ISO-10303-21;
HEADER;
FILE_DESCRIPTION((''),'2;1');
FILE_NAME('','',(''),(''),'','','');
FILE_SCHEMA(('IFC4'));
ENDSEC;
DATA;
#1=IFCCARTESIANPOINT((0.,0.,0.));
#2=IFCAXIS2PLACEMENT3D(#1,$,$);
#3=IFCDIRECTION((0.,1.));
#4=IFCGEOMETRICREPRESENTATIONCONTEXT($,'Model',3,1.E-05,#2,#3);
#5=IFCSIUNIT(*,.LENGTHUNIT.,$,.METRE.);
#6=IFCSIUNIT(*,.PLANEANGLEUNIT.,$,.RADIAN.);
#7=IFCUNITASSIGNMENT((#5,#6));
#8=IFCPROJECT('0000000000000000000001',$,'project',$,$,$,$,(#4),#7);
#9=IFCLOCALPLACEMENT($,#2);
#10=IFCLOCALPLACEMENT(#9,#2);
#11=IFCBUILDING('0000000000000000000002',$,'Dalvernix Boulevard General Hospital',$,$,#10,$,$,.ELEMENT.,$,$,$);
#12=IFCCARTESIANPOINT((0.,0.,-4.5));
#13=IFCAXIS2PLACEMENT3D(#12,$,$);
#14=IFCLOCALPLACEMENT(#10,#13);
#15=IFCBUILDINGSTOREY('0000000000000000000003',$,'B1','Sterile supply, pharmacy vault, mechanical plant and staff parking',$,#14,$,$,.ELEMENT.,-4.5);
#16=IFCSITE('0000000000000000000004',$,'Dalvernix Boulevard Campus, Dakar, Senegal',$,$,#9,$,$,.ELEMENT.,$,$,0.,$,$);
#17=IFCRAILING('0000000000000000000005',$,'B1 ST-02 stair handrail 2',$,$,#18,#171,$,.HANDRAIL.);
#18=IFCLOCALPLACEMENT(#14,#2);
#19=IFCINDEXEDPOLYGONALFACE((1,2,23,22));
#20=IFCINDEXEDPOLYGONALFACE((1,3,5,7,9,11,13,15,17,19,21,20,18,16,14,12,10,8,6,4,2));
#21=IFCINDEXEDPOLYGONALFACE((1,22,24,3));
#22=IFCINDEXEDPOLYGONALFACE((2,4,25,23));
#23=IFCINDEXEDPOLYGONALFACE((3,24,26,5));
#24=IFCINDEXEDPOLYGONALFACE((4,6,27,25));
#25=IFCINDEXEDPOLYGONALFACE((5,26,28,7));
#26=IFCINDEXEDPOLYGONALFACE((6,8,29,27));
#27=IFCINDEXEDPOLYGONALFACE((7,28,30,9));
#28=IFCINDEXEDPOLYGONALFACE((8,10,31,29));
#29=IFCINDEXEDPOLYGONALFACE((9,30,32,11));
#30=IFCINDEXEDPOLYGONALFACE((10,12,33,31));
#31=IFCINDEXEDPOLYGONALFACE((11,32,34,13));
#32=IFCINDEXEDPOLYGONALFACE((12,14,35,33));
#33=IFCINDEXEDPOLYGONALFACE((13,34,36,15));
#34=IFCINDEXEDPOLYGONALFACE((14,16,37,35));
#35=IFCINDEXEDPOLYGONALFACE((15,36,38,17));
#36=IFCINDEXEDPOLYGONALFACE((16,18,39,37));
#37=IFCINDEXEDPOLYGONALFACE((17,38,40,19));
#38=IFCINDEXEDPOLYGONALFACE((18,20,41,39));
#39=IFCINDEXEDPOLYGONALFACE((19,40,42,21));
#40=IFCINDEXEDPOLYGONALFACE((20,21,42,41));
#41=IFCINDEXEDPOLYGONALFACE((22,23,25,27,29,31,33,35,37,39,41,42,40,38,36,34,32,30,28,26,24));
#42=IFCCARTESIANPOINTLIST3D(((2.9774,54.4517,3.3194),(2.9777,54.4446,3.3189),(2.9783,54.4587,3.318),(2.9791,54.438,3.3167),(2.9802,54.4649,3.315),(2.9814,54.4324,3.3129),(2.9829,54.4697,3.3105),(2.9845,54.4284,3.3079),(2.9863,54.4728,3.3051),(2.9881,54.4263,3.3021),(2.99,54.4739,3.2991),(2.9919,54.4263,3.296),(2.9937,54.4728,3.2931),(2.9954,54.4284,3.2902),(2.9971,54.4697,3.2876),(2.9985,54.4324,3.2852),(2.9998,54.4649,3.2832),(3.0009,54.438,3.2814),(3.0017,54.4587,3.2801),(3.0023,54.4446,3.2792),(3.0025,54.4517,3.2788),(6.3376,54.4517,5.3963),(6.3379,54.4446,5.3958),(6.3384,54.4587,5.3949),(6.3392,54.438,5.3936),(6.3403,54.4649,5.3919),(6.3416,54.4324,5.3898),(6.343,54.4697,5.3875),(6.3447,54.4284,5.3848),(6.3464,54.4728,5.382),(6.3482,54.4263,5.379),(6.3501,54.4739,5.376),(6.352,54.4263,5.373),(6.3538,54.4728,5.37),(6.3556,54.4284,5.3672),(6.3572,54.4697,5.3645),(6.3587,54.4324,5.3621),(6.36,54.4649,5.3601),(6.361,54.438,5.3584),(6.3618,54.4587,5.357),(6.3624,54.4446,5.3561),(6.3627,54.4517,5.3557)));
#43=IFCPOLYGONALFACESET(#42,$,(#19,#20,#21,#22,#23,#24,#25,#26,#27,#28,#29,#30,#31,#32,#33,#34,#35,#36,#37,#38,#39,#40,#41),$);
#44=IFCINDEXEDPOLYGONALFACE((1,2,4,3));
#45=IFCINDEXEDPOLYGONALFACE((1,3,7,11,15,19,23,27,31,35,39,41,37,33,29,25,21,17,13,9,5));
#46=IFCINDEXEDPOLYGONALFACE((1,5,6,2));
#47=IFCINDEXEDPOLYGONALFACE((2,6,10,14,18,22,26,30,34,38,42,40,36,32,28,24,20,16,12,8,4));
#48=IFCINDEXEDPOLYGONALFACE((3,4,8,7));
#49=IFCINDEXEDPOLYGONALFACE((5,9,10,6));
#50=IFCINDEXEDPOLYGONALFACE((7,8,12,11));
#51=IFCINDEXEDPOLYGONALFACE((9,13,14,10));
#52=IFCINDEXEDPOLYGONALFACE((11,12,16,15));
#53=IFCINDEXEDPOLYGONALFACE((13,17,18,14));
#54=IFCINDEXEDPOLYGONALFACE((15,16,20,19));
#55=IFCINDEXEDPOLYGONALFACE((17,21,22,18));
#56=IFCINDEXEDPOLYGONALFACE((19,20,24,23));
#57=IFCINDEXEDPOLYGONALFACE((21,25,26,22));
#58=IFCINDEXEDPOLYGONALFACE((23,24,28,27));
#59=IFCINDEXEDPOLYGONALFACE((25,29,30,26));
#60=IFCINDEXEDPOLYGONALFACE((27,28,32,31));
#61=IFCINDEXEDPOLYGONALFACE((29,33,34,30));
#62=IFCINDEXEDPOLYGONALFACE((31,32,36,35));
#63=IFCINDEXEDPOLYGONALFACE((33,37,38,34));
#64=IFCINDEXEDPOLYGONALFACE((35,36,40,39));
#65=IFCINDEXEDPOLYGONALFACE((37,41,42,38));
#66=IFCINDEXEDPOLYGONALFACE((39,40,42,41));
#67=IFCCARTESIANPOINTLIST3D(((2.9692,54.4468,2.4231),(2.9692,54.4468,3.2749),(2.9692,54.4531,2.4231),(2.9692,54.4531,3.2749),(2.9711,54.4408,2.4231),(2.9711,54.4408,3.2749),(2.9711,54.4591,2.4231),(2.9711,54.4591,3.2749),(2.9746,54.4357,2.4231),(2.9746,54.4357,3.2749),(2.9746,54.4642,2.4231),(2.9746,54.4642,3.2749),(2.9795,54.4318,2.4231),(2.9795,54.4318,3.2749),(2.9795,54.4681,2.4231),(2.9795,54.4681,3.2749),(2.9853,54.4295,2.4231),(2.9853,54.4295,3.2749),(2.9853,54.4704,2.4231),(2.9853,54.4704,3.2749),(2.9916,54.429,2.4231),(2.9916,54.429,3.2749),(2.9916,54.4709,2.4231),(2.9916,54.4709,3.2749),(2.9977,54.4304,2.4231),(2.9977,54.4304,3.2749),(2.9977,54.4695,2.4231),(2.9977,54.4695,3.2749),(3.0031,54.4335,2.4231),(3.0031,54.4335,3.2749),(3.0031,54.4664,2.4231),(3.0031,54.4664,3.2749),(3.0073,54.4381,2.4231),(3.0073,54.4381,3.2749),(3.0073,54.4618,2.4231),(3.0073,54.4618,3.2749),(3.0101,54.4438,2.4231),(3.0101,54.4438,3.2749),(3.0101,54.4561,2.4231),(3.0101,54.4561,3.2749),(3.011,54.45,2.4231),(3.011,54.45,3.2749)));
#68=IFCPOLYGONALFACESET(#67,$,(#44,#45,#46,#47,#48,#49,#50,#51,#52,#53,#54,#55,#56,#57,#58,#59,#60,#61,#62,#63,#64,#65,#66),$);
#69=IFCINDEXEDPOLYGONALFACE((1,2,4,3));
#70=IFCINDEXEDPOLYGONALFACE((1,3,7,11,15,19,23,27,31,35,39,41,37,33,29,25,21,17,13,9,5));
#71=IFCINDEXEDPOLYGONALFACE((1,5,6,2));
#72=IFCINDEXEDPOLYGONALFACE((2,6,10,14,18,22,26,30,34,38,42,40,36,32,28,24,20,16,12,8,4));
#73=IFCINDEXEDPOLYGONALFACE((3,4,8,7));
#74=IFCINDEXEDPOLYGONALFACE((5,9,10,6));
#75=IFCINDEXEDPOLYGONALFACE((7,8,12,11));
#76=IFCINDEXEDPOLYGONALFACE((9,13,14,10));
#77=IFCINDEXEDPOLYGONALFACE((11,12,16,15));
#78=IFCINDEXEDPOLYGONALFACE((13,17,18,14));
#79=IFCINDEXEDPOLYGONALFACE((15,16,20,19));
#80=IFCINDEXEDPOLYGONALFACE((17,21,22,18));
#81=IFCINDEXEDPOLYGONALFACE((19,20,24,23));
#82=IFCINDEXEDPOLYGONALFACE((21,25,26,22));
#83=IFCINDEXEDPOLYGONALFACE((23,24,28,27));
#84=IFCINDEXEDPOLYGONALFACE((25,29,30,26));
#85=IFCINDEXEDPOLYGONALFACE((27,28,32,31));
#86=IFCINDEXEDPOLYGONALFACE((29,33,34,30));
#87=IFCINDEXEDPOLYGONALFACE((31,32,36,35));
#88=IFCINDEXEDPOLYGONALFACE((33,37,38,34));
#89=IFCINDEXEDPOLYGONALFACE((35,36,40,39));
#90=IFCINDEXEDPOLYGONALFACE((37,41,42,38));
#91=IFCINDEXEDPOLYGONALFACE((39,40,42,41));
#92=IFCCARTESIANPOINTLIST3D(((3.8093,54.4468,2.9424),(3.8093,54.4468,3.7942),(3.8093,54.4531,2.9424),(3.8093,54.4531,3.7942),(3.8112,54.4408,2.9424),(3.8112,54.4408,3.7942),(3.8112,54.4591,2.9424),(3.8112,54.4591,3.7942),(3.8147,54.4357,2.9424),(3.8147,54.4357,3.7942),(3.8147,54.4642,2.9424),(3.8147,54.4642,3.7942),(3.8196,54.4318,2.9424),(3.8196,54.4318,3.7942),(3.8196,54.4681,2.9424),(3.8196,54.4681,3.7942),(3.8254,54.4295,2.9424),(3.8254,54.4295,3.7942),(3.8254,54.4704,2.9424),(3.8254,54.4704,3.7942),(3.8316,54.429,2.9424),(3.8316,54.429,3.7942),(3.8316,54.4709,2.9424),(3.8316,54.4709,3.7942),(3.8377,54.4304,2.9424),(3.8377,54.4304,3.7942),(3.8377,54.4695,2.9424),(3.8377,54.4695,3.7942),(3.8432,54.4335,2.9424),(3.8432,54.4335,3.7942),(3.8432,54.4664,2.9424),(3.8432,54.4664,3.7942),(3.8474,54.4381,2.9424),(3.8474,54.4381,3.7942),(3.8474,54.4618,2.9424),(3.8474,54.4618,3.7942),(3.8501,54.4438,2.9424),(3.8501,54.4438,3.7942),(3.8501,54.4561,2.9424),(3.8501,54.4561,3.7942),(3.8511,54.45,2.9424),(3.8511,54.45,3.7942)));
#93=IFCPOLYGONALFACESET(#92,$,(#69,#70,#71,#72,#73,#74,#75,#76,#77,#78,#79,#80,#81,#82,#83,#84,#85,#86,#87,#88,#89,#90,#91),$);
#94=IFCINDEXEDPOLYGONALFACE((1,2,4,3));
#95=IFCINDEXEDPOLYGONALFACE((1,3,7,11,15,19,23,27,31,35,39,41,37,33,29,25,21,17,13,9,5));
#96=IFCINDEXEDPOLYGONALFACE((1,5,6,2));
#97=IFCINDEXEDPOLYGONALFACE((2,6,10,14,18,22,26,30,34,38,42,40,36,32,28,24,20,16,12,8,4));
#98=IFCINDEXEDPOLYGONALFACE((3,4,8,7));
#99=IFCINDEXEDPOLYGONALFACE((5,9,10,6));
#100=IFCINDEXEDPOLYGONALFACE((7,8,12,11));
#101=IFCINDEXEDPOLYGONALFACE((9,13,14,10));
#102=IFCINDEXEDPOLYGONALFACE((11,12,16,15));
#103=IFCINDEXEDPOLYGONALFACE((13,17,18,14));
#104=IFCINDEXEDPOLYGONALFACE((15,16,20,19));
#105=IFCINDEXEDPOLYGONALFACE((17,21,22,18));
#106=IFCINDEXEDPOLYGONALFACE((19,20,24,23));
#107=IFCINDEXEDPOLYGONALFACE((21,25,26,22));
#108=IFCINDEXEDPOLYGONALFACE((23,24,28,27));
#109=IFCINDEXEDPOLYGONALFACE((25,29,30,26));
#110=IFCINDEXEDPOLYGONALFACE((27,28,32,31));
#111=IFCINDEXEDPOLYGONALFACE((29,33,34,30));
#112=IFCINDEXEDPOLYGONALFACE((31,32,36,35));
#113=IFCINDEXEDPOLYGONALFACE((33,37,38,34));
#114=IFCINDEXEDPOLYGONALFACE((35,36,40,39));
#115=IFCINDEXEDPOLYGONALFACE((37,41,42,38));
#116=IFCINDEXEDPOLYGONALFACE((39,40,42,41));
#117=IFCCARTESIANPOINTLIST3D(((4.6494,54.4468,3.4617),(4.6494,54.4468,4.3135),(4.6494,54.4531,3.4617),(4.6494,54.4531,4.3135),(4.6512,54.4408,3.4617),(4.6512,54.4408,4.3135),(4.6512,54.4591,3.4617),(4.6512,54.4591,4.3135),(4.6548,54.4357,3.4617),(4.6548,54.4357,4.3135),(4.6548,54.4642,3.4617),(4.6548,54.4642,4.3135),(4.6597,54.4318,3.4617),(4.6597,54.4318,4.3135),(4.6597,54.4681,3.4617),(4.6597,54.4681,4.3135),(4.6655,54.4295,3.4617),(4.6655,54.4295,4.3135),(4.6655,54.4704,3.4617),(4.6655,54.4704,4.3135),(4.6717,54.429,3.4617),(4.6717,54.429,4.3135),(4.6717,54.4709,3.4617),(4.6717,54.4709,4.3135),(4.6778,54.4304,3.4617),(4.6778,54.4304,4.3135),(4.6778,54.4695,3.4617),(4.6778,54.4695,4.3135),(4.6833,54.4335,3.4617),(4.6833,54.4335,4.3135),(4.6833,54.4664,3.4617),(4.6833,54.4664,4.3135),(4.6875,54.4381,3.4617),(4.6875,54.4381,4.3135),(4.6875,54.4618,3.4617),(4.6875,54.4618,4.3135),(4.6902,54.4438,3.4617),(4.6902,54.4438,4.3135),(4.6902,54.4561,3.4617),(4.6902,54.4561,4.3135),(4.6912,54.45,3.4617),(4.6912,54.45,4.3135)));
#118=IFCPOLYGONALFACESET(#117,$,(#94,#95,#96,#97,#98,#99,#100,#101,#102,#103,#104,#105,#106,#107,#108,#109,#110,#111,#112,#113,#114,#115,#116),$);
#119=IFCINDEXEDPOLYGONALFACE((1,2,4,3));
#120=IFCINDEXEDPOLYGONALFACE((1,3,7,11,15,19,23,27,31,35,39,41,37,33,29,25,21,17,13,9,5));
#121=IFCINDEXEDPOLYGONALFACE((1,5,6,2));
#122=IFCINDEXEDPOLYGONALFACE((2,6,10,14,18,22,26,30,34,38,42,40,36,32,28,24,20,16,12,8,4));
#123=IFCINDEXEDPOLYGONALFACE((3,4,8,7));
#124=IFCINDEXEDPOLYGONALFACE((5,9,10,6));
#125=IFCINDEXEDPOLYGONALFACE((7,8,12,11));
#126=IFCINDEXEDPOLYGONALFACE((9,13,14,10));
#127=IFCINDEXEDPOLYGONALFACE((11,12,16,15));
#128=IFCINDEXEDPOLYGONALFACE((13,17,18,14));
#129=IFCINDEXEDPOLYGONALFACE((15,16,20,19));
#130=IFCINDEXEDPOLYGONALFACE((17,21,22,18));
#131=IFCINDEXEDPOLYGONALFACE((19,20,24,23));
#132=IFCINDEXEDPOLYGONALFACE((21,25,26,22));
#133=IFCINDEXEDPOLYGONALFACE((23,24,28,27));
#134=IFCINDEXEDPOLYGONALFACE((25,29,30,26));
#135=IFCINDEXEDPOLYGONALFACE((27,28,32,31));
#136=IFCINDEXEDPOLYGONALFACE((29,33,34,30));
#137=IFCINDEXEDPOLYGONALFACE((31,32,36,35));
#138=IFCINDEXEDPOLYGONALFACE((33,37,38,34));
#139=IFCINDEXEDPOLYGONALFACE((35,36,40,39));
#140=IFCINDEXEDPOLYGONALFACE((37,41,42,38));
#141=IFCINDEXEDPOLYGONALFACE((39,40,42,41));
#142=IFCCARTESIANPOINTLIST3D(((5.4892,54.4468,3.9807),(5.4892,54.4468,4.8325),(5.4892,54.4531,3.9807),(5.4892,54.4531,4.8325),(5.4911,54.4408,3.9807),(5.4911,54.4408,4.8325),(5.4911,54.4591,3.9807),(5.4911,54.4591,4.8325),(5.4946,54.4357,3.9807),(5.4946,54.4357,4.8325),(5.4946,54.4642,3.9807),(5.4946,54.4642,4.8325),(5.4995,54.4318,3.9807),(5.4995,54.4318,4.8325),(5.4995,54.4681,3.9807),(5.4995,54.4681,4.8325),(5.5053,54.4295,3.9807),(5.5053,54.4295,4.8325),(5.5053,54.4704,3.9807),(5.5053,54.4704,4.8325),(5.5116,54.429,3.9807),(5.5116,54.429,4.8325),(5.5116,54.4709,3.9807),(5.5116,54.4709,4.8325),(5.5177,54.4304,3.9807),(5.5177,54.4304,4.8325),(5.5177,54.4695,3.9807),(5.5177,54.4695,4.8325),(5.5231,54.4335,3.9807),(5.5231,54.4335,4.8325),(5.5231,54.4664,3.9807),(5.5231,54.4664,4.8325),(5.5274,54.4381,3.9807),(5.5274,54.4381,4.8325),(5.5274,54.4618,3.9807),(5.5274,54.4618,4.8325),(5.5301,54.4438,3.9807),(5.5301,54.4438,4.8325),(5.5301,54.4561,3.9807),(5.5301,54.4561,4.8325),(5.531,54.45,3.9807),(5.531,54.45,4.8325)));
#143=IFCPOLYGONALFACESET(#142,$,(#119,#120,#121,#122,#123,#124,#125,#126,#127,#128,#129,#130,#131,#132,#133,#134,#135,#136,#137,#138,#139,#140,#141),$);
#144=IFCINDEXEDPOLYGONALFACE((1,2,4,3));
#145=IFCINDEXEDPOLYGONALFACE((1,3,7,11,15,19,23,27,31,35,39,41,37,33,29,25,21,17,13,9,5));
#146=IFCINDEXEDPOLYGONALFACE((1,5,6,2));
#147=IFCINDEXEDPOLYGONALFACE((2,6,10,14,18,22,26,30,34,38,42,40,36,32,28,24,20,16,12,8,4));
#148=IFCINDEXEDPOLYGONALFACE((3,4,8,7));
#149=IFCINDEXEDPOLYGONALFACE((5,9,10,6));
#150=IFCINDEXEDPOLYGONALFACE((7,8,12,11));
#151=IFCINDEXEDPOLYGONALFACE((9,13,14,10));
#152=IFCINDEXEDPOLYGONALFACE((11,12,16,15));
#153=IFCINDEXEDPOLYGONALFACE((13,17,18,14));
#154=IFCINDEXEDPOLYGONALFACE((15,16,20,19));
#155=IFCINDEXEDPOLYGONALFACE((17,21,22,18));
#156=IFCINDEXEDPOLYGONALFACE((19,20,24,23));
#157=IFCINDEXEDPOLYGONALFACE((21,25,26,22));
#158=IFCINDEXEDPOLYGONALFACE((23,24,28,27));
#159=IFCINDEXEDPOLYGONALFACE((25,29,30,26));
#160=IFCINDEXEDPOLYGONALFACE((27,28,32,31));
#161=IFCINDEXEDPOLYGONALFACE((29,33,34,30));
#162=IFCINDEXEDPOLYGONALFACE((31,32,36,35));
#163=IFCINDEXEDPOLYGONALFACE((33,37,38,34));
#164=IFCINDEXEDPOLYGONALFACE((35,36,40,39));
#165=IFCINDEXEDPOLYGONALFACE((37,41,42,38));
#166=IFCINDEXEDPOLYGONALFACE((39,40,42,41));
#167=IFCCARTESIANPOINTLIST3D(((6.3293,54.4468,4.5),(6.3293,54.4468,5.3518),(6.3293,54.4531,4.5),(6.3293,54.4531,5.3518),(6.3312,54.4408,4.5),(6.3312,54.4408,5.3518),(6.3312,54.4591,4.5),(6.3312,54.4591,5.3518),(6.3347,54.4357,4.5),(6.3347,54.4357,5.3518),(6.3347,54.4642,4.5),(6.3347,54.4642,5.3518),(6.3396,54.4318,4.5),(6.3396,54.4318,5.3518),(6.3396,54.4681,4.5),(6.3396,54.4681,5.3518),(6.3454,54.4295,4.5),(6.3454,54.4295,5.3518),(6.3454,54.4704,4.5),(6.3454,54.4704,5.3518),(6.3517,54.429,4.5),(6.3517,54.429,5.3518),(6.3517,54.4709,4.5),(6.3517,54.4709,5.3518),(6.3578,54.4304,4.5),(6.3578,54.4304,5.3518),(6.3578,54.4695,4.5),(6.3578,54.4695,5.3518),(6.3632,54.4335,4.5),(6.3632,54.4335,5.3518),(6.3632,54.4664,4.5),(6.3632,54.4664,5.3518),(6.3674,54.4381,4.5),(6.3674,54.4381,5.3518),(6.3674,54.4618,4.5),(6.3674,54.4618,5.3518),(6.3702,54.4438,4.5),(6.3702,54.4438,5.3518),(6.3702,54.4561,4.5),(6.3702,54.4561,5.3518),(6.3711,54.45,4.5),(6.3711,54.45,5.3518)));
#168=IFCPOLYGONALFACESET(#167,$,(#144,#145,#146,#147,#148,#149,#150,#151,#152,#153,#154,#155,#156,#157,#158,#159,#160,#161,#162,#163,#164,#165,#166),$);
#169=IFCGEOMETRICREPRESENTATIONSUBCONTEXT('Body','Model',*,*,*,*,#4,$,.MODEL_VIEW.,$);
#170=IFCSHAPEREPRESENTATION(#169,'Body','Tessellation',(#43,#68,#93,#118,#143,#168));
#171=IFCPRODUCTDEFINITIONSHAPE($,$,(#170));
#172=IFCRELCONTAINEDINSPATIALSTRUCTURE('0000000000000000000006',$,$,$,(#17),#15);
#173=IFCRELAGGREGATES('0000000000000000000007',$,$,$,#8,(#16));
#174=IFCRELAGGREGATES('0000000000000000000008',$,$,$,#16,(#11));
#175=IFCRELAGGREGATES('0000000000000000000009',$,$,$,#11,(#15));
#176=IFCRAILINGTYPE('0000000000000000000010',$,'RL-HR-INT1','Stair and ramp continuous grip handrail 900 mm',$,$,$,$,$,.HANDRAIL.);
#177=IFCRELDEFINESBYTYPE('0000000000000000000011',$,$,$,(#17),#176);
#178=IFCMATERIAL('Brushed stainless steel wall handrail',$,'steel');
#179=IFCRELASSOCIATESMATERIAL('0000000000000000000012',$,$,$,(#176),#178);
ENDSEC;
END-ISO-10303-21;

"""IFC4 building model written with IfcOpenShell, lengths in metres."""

from ifc_helpers import new_model, si_unit, direction, frame, origin, origin_2d, place, context, subcontext, project, spatial, circle, extrude, material, type_object, element, save


model = new_model("IFC4")

# Units and contexts
model_context = context("Model", 3, precision=1e-05, world=origin(), true_north=direction((0.0, 1.0)))
body_context = subcontext(model_context, "Body", "Model", "MODEL_VIEW")
ifc_project = project(units=[si_unit("LENGTHUNIT", "METRE"), si_unit("PLANEANGLEUNIT", "RADIAN")], contexts=[model_context])

# Site, building, storey
site_placement = place(None, origin())
site = spatial("IfcSite", under=ifc_project, at=site_placement, Name="Dalvernix Boulevard Campus, Dakar, Senegal", CompositionType="ELEMENT", RefElevation=0.0)
building_placement = place(site_placement, origin())
building = spatial("IfcBuilding", under=site, at=building_placement, Name="Dalvernix Boulevard General Hospital", CompositionType="ELEMENT")
storey_placement = place(building_placement, frame((0.0, 0.0, -4.5)))
storey = spatial("IfcBuildingStorey", under=building, at=storey_placement, Name="B1", Description="Sterile supply, pharmacy vault, mechanical plant and staff parking", CompositionType="ELEMENT", Elevation=-4.5)

# Railing
ifc_material_1 = material(Name="Brushed stainless steel wall handrail", Category="steel")
railing_type_1 = type_object("IfcRailingType", Name="RL-HR-INT1", Description="Stair and ramp continuous grip handrail 900 mm", PredefinedType="HANDRAIL", material=ifc_material_1)
railing_1_placement = place(storey_placement, frame((2.99, 54.45, 2.4231)))
element("IfcRailing", 1, at=railing_1_placement, inside=storey, type_object=railing_type_1, Name="B1 ST-02 stair handrail 2", PredefinedType="HANDRAIL", context=body_context, shape_type="SweptSolid", body=[
    extrude(circle(Radius=0.0239, at=origin_2d()), frame((0.0, 0.0, 0.876), z_axis=(0.850623, 0.0, 0.525776), x_axis=(0.0, 1.0, 0.0)), (0.0, 0.0, 1.0), 3.9502),
    extrude(circle(Radius=0.021, at=origin_2d()), origin(), (0.0, 0.0, 1.0), 0.8518),
    extrude(circle(Radius=0.021, at=origin_2d()), frame((0.8401, 0.0, 0.5193)), (0.0, 0.0, 1.0), 0.8518),
    extrude(circle(Radius=0.021, at=origin_2d()), frame((1.6802, 0.0, 1.0386)), (0.0, 0.0, 1.0), 0.8518),
    extrude(circle(Radius=0.021, at=origin_2d()), frame((2.52, 0.0, 1.5576)), (0.0, 0.0, 1.0), 0.8518),
    extrude(circle(Radius=0.021, at=origin_2d()), frame((3.3601, 0.0, 2.0769)), (0.0, 0.0, 1.0), 0.8518),
])

save(model, "model.ifc")
